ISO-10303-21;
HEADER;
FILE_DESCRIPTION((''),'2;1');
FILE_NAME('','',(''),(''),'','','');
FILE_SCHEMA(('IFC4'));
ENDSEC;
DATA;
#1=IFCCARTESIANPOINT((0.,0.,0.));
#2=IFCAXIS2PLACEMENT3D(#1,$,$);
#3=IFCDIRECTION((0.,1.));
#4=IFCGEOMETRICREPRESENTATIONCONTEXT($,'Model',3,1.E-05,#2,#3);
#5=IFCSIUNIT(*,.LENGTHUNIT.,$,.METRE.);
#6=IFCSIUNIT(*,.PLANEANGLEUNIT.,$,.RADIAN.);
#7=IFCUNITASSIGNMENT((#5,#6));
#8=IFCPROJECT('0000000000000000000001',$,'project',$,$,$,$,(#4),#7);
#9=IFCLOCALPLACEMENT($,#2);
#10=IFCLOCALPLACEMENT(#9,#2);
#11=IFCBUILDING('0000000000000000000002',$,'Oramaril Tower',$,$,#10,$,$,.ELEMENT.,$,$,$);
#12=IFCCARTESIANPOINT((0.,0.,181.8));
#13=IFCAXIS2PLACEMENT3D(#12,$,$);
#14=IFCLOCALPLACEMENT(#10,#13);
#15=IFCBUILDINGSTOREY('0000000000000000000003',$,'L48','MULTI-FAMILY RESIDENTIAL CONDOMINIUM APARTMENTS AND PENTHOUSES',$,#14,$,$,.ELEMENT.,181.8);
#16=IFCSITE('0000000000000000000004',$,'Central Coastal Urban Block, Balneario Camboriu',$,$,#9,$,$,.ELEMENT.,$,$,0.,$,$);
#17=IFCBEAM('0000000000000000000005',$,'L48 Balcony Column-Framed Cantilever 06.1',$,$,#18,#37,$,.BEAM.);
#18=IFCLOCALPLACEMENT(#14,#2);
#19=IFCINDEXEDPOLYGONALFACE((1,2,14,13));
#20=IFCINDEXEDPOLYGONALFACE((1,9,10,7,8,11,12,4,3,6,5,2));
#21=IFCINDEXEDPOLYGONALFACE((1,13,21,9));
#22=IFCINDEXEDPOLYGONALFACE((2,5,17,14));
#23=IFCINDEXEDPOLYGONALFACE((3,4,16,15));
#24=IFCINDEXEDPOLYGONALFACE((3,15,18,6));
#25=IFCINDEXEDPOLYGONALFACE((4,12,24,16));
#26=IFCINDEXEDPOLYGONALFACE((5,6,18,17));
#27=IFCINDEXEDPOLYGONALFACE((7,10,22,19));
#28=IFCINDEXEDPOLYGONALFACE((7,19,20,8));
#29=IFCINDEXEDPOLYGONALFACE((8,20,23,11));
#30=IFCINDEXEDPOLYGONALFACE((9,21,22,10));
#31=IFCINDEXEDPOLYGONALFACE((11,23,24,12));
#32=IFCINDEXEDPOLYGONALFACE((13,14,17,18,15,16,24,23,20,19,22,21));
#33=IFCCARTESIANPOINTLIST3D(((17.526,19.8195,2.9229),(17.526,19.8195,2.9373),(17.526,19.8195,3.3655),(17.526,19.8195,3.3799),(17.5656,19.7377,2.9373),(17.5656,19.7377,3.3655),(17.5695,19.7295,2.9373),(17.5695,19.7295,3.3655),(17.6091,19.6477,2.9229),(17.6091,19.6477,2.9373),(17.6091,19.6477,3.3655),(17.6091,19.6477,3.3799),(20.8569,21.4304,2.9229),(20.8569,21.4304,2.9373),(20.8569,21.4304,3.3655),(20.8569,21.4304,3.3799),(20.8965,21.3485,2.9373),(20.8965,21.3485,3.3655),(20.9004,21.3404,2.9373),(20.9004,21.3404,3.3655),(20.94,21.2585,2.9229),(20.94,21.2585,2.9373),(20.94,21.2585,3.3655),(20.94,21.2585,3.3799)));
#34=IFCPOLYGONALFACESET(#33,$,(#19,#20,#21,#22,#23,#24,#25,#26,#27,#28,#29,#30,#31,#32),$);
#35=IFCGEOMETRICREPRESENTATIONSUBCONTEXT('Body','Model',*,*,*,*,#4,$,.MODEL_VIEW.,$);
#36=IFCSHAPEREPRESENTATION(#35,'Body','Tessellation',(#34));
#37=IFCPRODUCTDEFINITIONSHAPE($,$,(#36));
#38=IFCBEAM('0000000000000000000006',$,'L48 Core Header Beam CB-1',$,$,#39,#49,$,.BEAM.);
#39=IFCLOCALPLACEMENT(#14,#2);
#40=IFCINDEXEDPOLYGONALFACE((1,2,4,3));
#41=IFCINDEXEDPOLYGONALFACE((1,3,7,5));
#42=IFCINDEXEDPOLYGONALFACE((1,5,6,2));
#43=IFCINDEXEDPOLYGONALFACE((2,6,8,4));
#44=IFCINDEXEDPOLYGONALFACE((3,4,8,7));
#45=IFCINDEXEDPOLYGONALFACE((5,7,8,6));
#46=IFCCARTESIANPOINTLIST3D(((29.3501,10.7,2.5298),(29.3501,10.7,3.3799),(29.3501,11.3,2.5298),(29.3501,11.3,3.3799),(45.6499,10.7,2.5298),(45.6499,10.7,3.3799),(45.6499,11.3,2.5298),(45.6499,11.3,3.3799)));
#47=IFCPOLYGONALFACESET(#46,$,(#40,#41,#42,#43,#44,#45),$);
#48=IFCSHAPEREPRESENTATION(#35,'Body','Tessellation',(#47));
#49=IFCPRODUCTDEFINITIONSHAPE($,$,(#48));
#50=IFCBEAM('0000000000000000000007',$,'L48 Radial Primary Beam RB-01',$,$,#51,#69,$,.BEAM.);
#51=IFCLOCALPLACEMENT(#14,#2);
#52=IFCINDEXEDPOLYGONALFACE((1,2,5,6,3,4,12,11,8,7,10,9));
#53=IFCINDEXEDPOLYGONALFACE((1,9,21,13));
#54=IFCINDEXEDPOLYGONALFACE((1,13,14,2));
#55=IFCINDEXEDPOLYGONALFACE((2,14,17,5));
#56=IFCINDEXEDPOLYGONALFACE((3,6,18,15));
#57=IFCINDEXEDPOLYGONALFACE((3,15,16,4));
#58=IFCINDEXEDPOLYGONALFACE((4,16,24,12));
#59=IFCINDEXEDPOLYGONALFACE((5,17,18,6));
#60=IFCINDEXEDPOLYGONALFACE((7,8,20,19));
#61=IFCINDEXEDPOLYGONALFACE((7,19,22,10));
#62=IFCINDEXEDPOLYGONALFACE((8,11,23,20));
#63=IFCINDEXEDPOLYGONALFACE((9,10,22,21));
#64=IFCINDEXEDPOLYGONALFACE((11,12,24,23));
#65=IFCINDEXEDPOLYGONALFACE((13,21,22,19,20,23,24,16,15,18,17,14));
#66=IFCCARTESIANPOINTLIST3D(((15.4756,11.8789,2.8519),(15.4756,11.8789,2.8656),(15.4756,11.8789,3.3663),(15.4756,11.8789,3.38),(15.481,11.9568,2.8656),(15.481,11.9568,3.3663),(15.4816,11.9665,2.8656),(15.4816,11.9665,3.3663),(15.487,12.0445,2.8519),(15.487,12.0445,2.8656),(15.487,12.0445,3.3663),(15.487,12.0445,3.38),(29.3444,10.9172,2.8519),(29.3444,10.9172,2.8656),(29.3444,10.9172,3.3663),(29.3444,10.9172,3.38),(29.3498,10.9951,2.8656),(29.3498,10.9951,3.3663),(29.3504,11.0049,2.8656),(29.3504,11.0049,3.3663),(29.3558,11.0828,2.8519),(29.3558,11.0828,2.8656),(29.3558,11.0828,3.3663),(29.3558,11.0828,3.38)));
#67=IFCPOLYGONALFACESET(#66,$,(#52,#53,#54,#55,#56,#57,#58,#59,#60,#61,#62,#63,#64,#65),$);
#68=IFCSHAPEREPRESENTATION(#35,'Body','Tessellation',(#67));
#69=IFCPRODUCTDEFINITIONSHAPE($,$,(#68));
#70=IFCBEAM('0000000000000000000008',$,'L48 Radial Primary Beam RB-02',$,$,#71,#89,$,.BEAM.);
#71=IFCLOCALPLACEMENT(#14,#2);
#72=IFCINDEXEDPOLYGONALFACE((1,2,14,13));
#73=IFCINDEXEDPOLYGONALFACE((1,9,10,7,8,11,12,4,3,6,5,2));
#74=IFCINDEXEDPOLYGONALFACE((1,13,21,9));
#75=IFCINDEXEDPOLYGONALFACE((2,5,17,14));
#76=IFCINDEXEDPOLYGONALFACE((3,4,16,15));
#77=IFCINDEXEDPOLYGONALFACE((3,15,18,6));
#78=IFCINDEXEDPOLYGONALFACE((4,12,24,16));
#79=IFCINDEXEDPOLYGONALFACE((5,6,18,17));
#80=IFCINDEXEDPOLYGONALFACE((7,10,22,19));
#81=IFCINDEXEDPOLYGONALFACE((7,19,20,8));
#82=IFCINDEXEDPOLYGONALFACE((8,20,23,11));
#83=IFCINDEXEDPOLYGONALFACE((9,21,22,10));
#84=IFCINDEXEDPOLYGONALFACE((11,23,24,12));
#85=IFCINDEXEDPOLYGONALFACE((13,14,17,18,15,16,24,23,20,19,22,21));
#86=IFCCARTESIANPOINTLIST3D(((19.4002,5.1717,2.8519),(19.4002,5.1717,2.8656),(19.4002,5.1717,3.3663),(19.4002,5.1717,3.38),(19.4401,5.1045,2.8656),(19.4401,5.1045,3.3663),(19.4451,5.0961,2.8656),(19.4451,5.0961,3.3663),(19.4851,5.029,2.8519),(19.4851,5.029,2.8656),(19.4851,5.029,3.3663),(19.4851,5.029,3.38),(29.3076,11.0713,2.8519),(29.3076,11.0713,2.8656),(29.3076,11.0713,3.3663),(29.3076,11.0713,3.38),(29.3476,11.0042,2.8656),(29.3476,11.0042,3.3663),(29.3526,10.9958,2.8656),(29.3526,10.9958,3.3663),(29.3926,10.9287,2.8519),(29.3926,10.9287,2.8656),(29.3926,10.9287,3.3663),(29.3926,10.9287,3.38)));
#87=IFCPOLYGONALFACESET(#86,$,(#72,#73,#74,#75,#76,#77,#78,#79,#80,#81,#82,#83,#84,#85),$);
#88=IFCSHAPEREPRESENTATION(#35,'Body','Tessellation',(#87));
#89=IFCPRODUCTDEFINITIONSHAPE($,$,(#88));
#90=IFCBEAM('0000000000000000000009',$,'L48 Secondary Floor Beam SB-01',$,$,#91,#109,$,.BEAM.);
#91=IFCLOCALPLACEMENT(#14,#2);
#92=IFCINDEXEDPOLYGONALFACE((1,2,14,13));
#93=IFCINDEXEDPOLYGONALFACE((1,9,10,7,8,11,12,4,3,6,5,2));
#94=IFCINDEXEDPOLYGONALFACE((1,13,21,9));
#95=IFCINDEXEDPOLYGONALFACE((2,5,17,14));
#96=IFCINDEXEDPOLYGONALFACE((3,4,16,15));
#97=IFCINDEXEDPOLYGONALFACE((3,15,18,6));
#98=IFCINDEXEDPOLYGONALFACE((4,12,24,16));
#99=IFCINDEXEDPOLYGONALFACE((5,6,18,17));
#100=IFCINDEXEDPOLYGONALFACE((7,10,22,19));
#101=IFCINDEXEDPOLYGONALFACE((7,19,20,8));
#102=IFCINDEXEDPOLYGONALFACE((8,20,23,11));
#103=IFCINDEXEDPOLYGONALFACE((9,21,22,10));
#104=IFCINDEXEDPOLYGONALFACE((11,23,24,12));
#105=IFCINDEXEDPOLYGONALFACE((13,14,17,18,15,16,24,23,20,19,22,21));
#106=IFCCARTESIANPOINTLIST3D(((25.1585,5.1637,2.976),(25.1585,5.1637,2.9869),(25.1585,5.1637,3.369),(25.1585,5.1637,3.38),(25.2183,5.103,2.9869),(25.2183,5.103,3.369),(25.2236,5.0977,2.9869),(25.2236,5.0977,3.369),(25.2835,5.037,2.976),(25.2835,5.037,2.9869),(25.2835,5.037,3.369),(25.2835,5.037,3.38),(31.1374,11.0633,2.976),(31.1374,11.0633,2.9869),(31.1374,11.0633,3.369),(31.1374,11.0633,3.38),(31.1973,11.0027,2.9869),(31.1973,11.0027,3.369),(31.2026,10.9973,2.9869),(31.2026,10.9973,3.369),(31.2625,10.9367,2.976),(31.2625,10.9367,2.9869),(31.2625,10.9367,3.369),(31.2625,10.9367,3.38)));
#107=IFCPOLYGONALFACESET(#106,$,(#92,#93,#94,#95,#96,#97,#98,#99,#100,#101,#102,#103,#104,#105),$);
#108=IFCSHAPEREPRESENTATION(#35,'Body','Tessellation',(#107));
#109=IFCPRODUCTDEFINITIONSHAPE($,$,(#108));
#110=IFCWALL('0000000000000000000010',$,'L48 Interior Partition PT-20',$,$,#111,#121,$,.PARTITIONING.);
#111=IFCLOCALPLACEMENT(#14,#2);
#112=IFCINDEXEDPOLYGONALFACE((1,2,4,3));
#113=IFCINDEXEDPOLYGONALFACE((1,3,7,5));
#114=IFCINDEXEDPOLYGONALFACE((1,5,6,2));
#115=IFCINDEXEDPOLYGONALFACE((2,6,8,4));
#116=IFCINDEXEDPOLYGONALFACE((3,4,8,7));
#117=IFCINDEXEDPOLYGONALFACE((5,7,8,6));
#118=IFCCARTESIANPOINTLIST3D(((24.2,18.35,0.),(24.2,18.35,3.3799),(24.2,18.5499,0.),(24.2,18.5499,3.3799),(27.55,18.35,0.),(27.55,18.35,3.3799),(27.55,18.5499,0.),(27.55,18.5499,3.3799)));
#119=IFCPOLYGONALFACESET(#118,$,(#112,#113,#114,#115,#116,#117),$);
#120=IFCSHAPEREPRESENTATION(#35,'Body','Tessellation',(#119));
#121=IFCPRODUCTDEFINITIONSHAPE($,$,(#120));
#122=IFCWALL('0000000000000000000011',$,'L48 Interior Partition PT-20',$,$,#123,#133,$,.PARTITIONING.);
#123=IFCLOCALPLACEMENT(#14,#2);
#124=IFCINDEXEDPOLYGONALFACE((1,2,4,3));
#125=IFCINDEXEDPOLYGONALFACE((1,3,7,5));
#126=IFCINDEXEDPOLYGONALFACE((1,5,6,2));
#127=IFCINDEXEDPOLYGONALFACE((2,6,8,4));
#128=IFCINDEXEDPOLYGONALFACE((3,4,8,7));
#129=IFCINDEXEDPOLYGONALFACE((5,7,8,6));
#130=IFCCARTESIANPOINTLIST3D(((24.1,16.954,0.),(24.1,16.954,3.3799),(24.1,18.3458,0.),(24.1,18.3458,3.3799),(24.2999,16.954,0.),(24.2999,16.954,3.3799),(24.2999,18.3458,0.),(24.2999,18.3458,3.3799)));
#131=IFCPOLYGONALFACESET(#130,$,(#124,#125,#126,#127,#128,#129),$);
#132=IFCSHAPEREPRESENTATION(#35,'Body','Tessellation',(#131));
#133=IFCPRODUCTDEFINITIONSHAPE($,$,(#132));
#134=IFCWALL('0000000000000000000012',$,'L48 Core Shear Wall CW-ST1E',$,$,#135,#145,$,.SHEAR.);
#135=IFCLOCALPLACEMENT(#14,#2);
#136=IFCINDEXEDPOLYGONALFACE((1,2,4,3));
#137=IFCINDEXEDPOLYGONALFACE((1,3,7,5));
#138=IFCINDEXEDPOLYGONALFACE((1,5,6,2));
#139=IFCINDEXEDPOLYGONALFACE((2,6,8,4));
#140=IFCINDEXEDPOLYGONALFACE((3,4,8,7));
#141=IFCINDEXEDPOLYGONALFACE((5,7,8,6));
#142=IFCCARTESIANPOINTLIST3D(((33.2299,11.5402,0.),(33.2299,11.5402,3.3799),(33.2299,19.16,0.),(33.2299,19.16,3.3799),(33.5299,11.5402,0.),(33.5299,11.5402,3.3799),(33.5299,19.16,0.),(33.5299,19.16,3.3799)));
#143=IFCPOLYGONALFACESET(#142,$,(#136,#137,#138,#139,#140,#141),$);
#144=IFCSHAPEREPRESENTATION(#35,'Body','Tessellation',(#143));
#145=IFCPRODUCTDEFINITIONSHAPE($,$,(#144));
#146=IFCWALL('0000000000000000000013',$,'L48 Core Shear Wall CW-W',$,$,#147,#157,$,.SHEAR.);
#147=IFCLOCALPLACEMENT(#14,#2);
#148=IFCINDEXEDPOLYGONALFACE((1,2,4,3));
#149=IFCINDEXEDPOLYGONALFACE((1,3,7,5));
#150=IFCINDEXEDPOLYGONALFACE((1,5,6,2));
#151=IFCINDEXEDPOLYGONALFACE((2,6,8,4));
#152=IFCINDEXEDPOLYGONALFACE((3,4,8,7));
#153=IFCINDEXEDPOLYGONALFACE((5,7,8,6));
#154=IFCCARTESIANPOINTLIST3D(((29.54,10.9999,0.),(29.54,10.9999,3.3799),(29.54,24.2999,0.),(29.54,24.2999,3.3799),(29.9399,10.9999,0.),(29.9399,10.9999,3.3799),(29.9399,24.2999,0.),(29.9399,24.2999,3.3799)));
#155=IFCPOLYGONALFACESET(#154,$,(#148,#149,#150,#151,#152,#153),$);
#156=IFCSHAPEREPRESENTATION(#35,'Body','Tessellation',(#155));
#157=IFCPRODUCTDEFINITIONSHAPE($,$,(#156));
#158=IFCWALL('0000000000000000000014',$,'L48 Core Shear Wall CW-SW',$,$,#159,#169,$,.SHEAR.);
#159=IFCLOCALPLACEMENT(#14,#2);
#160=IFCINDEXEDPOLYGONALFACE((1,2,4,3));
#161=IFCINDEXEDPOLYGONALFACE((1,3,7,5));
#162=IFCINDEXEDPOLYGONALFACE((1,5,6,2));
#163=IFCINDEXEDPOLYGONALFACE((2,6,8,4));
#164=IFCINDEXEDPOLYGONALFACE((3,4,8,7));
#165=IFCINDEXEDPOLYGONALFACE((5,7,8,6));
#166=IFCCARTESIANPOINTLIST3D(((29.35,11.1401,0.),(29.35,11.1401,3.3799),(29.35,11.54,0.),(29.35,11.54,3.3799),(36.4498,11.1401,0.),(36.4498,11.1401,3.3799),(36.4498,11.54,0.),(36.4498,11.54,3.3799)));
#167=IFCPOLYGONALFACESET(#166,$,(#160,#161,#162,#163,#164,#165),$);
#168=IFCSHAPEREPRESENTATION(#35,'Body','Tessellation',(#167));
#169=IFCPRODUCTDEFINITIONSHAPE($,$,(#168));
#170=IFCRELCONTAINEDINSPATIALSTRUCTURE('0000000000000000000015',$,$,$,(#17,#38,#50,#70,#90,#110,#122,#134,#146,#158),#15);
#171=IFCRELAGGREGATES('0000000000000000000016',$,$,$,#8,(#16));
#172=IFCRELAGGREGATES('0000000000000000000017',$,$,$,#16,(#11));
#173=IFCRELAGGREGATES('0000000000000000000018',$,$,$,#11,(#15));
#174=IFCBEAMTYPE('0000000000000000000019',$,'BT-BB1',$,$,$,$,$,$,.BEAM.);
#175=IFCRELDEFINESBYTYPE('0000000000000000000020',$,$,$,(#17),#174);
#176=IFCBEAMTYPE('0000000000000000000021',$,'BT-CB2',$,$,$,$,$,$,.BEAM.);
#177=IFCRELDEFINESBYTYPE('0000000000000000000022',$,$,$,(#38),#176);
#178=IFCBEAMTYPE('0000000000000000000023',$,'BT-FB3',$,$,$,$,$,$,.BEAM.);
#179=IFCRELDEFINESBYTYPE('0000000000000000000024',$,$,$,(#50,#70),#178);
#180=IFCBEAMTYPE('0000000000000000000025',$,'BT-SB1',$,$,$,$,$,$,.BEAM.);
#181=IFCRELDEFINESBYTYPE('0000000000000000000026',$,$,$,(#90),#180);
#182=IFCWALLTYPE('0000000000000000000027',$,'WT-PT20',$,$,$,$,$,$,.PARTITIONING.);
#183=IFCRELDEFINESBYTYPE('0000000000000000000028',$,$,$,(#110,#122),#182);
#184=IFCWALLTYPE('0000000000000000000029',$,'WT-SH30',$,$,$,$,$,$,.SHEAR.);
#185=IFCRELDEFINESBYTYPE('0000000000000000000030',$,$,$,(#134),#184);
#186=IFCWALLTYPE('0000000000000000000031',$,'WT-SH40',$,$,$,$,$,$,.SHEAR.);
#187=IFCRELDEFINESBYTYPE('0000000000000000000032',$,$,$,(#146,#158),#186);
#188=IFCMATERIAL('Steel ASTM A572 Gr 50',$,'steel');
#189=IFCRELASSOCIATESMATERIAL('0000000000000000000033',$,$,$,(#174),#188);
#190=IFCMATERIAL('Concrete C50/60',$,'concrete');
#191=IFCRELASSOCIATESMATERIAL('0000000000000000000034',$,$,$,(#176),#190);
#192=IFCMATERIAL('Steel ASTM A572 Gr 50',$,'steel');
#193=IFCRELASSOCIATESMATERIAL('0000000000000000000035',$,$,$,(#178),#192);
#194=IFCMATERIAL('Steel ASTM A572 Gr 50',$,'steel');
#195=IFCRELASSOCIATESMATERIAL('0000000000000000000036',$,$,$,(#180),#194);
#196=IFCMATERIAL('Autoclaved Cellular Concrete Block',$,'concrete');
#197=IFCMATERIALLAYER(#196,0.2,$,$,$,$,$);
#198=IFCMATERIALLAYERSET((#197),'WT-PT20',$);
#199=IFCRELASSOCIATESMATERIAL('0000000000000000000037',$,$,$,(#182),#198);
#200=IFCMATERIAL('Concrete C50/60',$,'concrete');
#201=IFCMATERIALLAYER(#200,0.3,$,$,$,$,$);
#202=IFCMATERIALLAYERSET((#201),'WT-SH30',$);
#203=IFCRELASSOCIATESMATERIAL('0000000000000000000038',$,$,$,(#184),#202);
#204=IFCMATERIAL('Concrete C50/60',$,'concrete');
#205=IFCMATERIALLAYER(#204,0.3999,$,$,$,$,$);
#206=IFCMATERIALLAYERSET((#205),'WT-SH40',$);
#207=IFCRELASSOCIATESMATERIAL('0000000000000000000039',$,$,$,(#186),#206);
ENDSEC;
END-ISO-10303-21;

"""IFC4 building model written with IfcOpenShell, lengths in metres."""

from ifc_helpers import new_model, si_unit, direction, frame, frame_2d, origin, origin_2d, place, context, subcontext, project, spatial, rectangle, i_section, extrude, material, layer, layer_set, material_profile, profile_set, type_object, element, save


model = new_model("IFC4")

# Units and contexts
model_context = context("Model", 3, precision=1e-05, world=origin(), true_north=direction((0.0, 1.0)))
body_context = subcontext(model_context, "Body", "Model", "MODEL_VIEW")
ifc_project = project(units=[si_unit("LENGTHUNIT", "METRE"), si_unit("PLANEANGLEUNIT", "RADIAN")], contexts=[model_context])

# Site, building, storey
site_placement = place(None, origin())
site = spatial("IfcSite", under=ifc_project, at=site_placement, Name="Central Coastal Urban Block, Balneario Camboriu", CompositionType="ELEMENT", RefElevation=0.0)
building_placement = place(site_placement, origin())
building = spatial("IfcBuilding", under=site, at=building_placement, Name="Oramaril Tower", CompositionType="ELEMENT")
storey_placement = place(building_placement, frame((0.0, 0.0, 181.8)))
storey = spatial("IfcBuildingStorey", under=building, at=storey_placement, Name="L48", Description="MULTI-FAMILY RESIDENTIAL CONDOMINIUM APARTMENTS AND PENTHOUSES", CompositionType="ELEMENT", Elevation=181.8)

# Beams
ifc_material_1 = material(Name="Steel ASTM A572 Gr 50", Category="steel")
ifc_material_profile_1 = material_profile(ifc_material_1, i_section(OverallWidth=0.1909, OverallDepth=0.457, WebThickness=0.009, FlangeThickness=0.0144, at=origin_2d()), Name="W18X50")
ifc_profile_set_1 = profile_set([ifc_material_profile_1], Name="Steel ASTM A572 Gr 50")
beam_type_1 = type_object("IfcBeamType", Name="BT-BB1", PredefinedType="BEAM", material=ifc_profile_set_1)
beam_1_placement = place(storey_placement, frame((20.8984, 21.3445, 3.1514), z_axis=(-0.900249, -0.435376, 0.0), x_axis=(0.435376, -0.900249, 0.0)))
element("IfcBeam", 1, at=beam_1_placement, inside=storey, type_object=beam_type_1, Name="L48 Balcony Column-Framed Cantilever 06.1", PredefinedType="BEAM", context=body_context, shape_type="SweptSolid", body=[
    extrude(i_section(OverallWidth=0.1909, OverallDepth=0.457, WebThickness=0.009, FlangeThickness=0.0144, at=origin_2d()), origin(), (0.0, 0.0, 1.0), 3.7),
])
ifc_material_2 = material(Name="Concrete C50/60", Category="concrete")
ifc_material_profile_2 = material_profile(ifc_material_2, rectangle(XDim=0.6001, YDim=0.8501, at=origin_2d()), Name="CB600X850")
ifc_profile_set_2 = profile_set([ifc_material_profile_2], Name="Concrete C50/60")
beam_type_2 = type_object("IfcBeamType", Name="BT-CB2", PredefinedType="BEAM", material=ifc_profile_set_2)
beam_2_placement = place(storey_placement, frame((29.3501, 11.0, 2.9548), z_axis=(1.0, 0.0, 0.0), x_axis=(0.0, 1.0, 0.0)))
element("IfcBeam", 2, at=beam_2_placement, inside=storey, type_object=beam_type_2, Name="L48 Core Header Beam CB-1", PredefinedType="BEAM", context=body_context, shape_type="SweptSolid", body=[
    extrude(rectangle(XDim=0.6001, YDim=0.8501, at=origin_2d()), origin(), (0.0, 0.0, 1.0), 16.2998),
])
ifc_material_3 = material(Name="Steel ASTM A572 Gr 50", Category="steel")
ifc_material_profile_3 = material_profile(ifc_material_3, i_section(OverallWidth=0.166, OverallDepth=0.5281, WebThickness=0.0098, FlangeThickness=0.0137, at=origin_2d()), Name="W21X50")
ifc_profile_set_3 = profile_set([ifc_material_profile_3], Name="Steel ASTM A572 Gr 50")
beam_type_3 = type_object("IfcBeamType", Name="BT-FB3", PredefinedType="BEAM", material=ifc_profile_set_3)
beam_3_placement = place(storey_placement, frame((29.3501, 11.0, 3.116), z_axis=(-0.997605, 0.069174, 0.0), x_axis=(-0.069174, -0.997605, 0.0)))
element("IfcBeam", 3, at=beam_3_placement, inside=storey, type_object=beam_type_3, Name="L48 Radial Primary Beam RB-01", PredefinedType="BEAM", context=body_context, shape_type="SweptSolid", body=[
    extrude(i_section(OverallWidth=0.166, OverallDepth=0.5281, WebThickness=0.0098, FlangeThickness=0.0137, at=origin_2d()), origin(), (0.0, 0.0, 1.0), 13.9021),
])
beam_4_placement = place(storey_placement, frame((29.3501, 11.0, 3.116), z_axis=(-0.859203, -0.511635, 0.0), x_axis=(0.511635, -0.859203, 0.0)))
element("IfcBeam", 4, at=beam_4_placement, inside=storey, type_object=beam_type_3, Name="L48 Radial Primary Beam RB-02", PredefinedType="BEAM", context=body_context, shape_type="SweptSolid", body=[
    extrude(i_section(OverallWidth=0.166, OverallDepth=0.5281, WebThickness=0.0098, FlangeThickness=0.0137, at=origin_2d()), origin(), (0.0, 0.0, 1.0), 11.531),
])
ifc_material_4 = material(Name="Steel ASTM A572 Gr 50", Category="steel")
ifc_material_profile_4 = material_profile(ifc_material_4, i_section(OverallWidth=0.178, OverallDepth=0.4041, WebThickness=0.0076, FlangeThickness=0.011, at=origin_2d()), Name="W16X36")
ifc_profile_set_4 = profile_set([ifc_material_profile_4], Name="Steel ASTM A572 Gr 50")
beam_type_4 = type_object("IfcBeamType", Name="BT-SB1", PredefinedType="BEAM", material=ifc_profile_set_4)
beam_5_placement = place(storey_placement, frame((31.2, 11.0, 3.178), z_axis=(-0.711814, -0.702368, 0.0), x_axis=(0.702368, -0.711814, 0.0)))
element("IfcBeam", 5, at=beam_5_placement, inside=storey, type_object=beam_type_4, Name="L48 Secondary Floor Beam SB-01", PredefinedType="BEAM", context=body_context, shape_type="SweptSolid", body=[
    extrude(i_section(OverallWidth=0.178, OverallDepth=0.4041, WebThickness=0.0076, FlangeThickness=0.011, at=origin_2d()), origin(), (0.0, 0.0, 1.0), 8.3997),
])

# Walls
ifc_material_5 = material(Name="Autoclaved Cellular Concrete Block", Category="concrete")
ifc_layer_1 = layer(ifc_material_5, 0.2)
ifc_layer_set_1 = layer_set([ifc_layer_1], Name="WT-PT20")
wall_type_1 = type_object("IfcWallType", Name="WT-PT20", PredefinedType="PARTITIONING", material=ifc_layer_set_1)
wall_1_placement = place(storey_placement, frame((24.2, 18.45, 0.0), z_axis=(0.0, 0.0, 1.0), x_axis=(1.0, 0.0, 0.0)))
element("IfcWall", 6, at=wall_1_placement, inside=storey, type_object=wall_type_1, Name="L48 Interior Partition PT-20", PredefinedType="PARTITIONING", context=body_context, shape_type="SweptSolid", body=[
    extrude(rectangle(XDim=3.3501, YDim=0.2, at=frame_2d((1.675, 0.0))), origin(), (0.0, 0.0, 1.0), 3.3799),
])
wall_2_placement = place(storey_placement, frame((24.2, 16.9541, 0.0), z_axis=(0.0, 0.0, 1.0), x_axis=(0.0, 1.0, 0.0)))
element("IfcWall", 7, at=wall_2_placement, inside=storey, type_object=wall_type_1, Name="L48 Interior Partition PT-20", PredefinedType="PARTITIONING", context=body_context, shape_type="SweptSolid", body=[
    extrude(rectangle(XDim=1.3918, YDim=0.2, at=frame_2d((0.6958, 0.0))), origin(), (0.0, 0.0, 1.0), 3.3799),
])

# Shared definitions
ifc_material_6 = material(Name="Concrete C50/60", Category="concrete")
ifc_layer_2 = layer(ifc_material_6, 0.3)
ifc_layer_set_2 = layer_set([ifc_layer_2], Name="WT-SH30")
wall_type_2 = type_object("IfcWallType", Name="WT-SH30", PredefinedType="SHEAR", material=ifc_layer_set_2)

# Walls
wall_3_placement = place(storey_placement, frame((33.3799, 11.54, 0.0), z_axis=(0.0, 0.0, 1.0), x_axis=(0.0, 1.0, 0.0)))
element("IfcWall", 8, at=wall_3_placement, inside=storey, type_object=wall_type_2, Name="L48 Core Shear Wall CW-ST1E", PredefinedType="SHEAR", context=body_context, shape_type="SweptSolid", body=[
    extrude(rectangle(XDim=7.6199, YDim=0.3, at=frame_2d((3.8101, 0.0))), origin(), (0.0, 0.0, 1.0), 3.3799),
])
ifc_material_7 = material(Name="Concrete C50/60", Category="concrete")
ifc_layer_3 = layer(ifc_material_7, 0.3999)
ifc_layer_set_3 = layer_set([ifc_layer_3], Name="WT-SH40")
wall_type_3 = type_object("IfcWallType", Name="WT-SH40", PredefinedType="SHEAR", material=ifc_layer_set_3)
wall_4_placement = place(storey_placement, frame((29.74, 11.0, 0.0), z_axis=(0.0, 0.0, 1.0), x_axis=(0.0, 1.0, 0.0)))
element("IfcWall", 9, at=wall_4_placement, inside=storey, type_object=wall_type_3, Name="L48 Core Shear Wall CW-W", PredefinedType="SHEAR", context=body_context, shape_type="SweptSolid", body=[
    extrude(rectangle(XDim=13.3, YDim=0.3999, at=frame_2d((6.6499, 0.0))), origin(), (0.0, 0.0, 1.0), 3.3799),
])
wall_5_placement = place(storey_placement, frame((29.3501, 11.3401, 0.0), z_axis=(0.0, 0.0, 1.0), x_axis=(1.0, 0.0, 0.0)))
element("IfcWall", 10, at=wall_5_placement, inside=storey, type_object=wall_type_3, Name="L48 Core Shear Wall CW-SW", PredefinedType="SHEAR", context=body_context, shape_type="SweptSolid", body=[
    extrude(rectangle(XDim=7.0999, YDim=0.3999, at=frame_2d((3.5498, 0.0))), origin(), (0.0, 0.0, 1.0), 3.3799),
])

save(model, "model.ifc")
